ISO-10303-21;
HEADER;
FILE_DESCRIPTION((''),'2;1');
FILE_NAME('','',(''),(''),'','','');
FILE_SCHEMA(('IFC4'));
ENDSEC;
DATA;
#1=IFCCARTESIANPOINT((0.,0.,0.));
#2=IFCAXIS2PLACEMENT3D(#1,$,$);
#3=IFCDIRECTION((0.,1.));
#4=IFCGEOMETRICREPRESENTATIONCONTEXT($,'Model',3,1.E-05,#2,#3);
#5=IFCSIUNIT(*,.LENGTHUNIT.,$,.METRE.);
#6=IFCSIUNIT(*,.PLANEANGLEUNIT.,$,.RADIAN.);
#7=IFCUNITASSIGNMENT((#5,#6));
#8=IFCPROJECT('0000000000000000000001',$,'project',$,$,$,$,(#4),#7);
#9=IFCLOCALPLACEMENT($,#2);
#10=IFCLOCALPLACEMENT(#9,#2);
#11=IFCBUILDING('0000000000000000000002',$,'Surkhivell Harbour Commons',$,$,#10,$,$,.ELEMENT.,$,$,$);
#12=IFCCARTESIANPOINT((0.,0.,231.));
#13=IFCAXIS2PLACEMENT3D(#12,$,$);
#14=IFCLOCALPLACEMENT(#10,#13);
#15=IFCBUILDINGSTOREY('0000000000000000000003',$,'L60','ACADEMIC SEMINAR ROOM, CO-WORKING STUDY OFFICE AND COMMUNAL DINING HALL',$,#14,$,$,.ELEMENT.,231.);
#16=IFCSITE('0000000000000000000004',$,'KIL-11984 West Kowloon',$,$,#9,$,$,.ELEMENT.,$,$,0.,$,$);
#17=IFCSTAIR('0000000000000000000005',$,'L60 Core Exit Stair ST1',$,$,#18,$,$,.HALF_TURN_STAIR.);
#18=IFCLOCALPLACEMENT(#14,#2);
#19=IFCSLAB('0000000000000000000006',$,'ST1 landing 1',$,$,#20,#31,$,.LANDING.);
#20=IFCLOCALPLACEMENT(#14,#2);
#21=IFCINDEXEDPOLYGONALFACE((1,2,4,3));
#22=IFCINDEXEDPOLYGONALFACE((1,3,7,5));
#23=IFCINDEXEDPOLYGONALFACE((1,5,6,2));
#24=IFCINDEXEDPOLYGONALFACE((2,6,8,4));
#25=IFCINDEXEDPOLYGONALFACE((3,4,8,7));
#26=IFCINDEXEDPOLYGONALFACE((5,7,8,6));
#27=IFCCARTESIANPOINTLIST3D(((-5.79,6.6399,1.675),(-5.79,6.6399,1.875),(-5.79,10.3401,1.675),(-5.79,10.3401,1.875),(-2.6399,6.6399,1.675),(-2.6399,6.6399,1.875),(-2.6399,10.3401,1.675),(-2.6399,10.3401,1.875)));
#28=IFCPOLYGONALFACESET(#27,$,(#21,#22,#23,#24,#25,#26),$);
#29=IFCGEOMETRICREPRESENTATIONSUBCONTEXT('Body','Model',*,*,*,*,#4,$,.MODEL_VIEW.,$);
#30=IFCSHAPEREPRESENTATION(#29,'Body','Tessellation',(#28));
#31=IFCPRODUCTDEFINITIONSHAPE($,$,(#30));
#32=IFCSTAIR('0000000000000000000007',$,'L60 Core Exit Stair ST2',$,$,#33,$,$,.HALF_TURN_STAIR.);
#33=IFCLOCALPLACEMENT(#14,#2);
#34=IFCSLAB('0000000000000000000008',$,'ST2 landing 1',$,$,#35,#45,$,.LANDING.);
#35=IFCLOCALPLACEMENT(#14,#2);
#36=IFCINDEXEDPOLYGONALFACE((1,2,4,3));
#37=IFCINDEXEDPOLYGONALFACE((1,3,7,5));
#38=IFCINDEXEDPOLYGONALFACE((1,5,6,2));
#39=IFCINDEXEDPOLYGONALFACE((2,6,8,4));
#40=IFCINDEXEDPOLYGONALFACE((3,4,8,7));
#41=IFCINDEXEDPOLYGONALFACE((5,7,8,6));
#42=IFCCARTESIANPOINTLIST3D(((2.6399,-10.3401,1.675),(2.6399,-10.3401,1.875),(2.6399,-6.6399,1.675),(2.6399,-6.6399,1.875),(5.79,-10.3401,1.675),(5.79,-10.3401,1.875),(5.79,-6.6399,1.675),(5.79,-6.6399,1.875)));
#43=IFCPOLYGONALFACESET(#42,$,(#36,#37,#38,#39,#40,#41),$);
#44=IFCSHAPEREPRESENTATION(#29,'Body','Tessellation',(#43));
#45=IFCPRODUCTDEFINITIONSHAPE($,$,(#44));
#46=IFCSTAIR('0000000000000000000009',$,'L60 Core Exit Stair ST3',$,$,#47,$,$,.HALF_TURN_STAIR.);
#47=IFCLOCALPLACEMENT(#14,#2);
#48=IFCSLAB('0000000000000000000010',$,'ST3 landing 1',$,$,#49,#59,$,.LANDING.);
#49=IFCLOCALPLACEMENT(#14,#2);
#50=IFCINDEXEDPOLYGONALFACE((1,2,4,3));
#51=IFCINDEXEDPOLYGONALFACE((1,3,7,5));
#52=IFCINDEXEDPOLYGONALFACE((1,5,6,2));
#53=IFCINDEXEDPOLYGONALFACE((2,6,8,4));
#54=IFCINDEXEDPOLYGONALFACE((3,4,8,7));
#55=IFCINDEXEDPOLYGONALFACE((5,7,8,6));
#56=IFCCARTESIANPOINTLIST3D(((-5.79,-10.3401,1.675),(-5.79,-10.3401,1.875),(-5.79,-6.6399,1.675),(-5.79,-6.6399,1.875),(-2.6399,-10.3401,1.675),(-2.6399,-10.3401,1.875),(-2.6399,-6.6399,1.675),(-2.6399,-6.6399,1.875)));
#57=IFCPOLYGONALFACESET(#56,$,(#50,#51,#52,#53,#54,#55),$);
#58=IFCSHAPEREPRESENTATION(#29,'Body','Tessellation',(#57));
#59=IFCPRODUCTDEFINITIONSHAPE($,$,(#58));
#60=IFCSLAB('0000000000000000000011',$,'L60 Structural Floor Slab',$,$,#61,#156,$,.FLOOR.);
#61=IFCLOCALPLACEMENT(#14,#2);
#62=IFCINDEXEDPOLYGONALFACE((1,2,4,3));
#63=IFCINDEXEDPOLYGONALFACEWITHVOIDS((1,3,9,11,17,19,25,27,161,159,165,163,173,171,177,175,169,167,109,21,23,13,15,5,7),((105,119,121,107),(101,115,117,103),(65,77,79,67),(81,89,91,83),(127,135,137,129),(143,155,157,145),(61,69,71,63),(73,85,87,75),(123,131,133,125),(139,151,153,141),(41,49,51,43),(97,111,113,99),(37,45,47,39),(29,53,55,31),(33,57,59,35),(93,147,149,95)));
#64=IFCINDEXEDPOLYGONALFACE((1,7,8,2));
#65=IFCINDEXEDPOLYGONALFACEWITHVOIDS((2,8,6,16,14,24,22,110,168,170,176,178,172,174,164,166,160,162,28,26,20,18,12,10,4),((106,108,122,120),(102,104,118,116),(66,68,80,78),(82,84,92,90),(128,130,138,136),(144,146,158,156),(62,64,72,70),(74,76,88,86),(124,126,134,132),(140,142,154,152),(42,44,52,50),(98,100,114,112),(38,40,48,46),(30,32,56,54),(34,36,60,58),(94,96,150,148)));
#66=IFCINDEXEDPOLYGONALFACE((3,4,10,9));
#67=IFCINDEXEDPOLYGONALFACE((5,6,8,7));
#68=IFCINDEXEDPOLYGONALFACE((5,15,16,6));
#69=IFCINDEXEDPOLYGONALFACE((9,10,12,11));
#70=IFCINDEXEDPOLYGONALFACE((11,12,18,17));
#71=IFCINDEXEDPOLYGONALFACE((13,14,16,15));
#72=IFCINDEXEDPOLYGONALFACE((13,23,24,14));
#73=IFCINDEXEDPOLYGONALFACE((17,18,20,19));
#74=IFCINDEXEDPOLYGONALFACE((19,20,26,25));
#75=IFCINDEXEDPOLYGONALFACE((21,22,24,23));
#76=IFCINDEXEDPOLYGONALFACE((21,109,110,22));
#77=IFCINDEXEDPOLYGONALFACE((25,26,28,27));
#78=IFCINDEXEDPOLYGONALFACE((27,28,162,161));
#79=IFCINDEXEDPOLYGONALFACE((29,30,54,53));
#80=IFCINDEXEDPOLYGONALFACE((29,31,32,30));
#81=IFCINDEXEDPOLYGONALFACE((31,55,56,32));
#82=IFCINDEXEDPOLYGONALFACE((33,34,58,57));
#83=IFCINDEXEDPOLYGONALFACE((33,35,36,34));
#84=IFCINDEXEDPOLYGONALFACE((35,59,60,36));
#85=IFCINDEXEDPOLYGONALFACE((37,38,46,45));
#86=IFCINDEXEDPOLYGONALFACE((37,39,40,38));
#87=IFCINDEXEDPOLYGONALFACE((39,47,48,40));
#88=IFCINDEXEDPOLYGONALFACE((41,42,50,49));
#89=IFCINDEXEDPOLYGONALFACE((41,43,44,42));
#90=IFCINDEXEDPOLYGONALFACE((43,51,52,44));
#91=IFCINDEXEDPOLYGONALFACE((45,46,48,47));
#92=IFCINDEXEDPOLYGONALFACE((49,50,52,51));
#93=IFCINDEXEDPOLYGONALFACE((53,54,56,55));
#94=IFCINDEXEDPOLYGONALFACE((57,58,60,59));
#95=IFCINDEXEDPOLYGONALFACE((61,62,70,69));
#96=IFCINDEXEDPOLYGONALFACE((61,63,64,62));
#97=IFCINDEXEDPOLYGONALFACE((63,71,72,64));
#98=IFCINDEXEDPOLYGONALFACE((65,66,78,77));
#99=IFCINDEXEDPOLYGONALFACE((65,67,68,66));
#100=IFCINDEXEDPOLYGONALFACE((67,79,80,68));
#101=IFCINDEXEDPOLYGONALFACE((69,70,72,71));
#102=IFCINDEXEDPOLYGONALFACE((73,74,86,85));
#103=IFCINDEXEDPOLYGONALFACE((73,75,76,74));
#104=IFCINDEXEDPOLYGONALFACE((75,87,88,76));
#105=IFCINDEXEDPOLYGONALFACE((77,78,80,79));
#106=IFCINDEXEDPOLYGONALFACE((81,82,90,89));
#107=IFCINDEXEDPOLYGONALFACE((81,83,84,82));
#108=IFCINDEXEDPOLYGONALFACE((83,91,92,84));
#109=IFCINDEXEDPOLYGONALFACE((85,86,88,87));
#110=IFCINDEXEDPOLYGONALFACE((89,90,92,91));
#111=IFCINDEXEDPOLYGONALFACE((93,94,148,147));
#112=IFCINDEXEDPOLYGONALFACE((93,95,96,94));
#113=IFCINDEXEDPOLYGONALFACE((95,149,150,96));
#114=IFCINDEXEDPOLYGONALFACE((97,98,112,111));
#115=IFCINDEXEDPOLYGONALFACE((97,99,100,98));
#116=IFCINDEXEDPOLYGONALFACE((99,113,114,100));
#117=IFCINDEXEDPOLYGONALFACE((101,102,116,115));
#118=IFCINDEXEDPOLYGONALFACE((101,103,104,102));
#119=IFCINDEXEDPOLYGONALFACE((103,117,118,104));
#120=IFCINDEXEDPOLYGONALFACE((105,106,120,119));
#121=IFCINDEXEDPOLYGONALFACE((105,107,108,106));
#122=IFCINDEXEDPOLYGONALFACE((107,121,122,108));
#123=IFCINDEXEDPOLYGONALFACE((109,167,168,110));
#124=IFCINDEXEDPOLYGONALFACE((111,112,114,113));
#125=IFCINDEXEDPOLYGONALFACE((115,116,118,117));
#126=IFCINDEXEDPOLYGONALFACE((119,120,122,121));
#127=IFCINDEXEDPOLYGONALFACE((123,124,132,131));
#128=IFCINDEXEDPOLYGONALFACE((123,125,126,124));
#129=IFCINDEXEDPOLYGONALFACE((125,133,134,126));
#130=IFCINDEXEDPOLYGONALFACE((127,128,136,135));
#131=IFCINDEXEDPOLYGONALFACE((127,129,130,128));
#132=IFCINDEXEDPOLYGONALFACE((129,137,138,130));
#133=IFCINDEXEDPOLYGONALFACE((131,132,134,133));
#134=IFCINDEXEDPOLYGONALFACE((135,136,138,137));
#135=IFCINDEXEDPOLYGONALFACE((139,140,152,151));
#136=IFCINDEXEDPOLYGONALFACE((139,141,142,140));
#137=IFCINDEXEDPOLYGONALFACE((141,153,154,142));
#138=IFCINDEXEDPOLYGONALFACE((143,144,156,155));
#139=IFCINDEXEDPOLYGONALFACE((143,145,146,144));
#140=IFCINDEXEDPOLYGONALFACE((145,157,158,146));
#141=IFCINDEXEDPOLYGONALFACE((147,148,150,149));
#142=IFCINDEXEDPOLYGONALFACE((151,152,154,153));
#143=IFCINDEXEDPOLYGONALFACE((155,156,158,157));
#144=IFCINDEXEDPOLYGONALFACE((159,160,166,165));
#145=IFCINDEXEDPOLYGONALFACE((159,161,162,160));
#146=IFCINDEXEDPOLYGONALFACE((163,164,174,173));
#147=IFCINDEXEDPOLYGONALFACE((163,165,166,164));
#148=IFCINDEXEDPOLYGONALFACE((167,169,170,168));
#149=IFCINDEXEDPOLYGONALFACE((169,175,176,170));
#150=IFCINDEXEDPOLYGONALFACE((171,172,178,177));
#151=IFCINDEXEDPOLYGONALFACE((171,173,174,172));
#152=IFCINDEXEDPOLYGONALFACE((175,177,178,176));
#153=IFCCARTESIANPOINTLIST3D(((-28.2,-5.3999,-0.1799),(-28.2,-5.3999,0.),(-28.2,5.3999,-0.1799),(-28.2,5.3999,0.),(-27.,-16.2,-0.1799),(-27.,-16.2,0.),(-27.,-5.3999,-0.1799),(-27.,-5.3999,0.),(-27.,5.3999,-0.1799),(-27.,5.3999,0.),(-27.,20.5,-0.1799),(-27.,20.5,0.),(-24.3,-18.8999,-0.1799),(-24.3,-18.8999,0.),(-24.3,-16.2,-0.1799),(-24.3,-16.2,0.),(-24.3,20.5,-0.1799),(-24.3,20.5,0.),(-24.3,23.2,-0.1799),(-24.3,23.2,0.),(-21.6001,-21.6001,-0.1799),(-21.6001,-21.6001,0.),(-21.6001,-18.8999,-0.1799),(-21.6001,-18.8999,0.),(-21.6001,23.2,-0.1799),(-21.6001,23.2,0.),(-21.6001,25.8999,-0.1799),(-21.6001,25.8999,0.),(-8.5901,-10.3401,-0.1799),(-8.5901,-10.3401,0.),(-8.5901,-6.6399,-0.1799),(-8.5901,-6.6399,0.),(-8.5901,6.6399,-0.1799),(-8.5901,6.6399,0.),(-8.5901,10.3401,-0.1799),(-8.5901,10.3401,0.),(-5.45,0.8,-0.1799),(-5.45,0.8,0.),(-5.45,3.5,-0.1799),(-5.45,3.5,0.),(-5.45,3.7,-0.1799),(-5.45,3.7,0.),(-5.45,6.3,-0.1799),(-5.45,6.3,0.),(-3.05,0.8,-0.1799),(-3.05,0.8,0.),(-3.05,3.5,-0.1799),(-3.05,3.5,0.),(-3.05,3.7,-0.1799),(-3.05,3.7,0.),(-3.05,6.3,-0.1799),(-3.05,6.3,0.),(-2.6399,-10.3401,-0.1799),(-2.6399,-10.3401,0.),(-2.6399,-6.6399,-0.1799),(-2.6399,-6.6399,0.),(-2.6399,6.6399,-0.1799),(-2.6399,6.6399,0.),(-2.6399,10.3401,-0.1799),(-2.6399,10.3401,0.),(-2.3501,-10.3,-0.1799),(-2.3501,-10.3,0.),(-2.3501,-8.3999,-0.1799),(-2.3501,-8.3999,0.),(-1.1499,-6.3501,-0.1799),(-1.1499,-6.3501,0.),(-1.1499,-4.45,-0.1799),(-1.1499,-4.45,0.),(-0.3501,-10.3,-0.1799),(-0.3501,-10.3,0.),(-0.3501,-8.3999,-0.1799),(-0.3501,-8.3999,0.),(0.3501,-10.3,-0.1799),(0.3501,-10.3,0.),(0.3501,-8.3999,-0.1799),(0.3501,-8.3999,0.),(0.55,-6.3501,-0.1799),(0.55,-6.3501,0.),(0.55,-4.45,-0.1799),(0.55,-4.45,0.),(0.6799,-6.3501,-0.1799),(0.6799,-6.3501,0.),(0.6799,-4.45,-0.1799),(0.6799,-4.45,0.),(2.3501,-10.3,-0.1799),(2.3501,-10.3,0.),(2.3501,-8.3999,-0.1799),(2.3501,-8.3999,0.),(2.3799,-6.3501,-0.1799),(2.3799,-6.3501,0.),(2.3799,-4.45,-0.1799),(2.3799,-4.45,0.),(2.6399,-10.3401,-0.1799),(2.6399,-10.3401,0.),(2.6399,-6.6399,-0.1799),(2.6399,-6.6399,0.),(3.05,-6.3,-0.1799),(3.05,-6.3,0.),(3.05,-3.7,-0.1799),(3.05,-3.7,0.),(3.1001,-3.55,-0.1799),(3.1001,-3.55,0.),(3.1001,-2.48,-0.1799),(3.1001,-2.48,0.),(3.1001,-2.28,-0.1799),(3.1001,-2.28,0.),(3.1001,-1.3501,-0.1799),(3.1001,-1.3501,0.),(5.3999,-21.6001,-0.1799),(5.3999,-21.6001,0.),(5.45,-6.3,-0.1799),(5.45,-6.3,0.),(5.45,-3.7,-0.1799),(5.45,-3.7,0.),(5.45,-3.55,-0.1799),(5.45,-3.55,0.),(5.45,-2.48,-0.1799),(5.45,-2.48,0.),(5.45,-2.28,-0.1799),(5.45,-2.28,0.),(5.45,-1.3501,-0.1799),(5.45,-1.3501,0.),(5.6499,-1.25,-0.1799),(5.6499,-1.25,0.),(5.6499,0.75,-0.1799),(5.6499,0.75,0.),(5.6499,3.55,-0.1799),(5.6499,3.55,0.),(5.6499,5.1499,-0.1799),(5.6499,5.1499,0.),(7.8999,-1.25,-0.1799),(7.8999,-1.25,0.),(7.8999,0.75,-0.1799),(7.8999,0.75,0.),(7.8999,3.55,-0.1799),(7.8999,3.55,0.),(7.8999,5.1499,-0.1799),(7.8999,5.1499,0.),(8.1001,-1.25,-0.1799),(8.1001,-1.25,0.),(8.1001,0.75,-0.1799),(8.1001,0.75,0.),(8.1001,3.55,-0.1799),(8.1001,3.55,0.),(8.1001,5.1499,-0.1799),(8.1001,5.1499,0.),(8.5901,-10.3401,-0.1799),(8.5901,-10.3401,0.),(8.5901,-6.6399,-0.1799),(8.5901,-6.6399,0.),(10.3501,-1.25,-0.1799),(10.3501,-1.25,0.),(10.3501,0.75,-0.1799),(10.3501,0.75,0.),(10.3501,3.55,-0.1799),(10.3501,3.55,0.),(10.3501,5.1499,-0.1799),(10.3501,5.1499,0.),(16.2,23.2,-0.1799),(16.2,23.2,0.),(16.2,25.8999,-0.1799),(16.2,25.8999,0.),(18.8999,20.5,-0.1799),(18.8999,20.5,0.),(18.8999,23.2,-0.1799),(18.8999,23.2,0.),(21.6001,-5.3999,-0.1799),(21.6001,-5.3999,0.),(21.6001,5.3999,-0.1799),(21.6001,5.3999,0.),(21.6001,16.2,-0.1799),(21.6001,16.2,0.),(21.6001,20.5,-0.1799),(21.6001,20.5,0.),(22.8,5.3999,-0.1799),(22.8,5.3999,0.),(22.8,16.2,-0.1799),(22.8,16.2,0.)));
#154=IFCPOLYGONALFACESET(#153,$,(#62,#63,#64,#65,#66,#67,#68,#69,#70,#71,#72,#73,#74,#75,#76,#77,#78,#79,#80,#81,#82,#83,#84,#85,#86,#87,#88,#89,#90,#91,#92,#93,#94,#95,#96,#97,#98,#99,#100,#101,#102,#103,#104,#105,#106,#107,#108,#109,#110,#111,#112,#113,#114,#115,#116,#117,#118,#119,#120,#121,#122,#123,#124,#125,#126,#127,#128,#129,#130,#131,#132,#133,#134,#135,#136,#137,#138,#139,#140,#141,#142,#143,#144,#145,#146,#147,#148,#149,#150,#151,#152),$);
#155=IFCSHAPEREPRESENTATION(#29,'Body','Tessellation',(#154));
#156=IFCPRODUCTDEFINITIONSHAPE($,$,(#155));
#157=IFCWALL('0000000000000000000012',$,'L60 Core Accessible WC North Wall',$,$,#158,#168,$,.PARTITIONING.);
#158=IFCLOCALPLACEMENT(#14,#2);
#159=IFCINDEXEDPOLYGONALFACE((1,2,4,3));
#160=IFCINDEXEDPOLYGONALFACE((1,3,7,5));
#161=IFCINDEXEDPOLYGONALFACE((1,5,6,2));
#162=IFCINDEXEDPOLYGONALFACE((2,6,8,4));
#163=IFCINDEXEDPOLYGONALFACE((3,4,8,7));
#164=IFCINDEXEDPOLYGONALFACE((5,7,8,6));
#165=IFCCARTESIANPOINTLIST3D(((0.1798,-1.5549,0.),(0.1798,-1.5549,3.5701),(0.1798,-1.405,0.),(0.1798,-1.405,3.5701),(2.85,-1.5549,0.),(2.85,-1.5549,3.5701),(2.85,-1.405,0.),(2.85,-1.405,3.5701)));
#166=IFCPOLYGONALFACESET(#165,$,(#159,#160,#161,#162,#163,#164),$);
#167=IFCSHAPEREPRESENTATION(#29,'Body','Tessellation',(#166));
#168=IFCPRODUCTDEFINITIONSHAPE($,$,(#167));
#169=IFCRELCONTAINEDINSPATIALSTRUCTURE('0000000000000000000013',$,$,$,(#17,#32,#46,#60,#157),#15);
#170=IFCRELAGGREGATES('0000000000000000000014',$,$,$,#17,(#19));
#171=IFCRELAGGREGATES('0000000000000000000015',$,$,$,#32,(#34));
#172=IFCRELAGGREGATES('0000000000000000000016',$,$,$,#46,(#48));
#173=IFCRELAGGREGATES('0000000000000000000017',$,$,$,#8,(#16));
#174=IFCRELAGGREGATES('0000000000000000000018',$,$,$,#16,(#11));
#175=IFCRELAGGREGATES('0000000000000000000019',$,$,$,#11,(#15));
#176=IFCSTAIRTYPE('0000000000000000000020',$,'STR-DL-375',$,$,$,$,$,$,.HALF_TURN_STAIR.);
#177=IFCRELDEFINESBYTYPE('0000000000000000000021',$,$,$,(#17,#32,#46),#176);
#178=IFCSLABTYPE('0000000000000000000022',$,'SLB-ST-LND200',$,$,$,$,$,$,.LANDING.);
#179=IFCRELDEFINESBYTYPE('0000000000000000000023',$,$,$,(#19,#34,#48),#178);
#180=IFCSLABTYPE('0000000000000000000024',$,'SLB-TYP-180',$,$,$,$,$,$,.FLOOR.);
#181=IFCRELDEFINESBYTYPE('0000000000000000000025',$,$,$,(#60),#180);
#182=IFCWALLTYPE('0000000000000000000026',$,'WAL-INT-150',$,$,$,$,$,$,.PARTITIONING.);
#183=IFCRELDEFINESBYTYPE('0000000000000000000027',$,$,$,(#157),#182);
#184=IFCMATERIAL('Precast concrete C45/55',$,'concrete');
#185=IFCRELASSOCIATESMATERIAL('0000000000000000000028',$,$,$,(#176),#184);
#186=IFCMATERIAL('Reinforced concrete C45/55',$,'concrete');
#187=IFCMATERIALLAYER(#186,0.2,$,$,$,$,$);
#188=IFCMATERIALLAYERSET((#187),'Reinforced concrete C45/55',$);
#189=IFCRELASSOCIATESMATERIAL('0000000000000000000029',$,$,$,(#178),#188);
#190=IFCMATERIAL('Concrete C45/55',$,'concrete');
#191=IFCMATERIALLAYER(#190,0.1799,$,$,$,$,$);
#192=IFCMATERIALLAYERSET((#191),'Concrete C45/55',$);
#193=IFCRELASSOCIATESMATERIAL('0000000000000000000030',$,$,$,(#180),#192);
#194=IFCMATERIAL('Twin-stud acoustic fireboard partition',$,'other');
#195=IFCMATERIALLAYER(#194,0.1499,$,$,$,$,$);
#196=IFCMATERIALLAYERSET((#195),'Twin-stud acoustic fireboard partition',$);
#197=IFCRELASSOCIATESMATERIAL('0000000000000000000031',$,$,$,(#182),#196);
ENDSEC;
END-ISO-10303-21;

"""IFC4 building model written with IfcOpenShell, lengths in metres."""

from ifc_helpers import new_model, si_unit, direction, frame, frame_2d, origin, place, context, subcontext, project, spatial, polyline, rectangle, outline, extrude, material, layer, layer_set, type_object, element, aggregate, save


model = new_model("IFC4")

# Units and contexts
model_context = context("Model", 3, precision=1e-05, world=origin(), true_north=direction((0.0, 1.0)))
body_context = subcontext(model_context, "Body", "Model", "MODEL_VIEW")
ifc_project = project(units=[si_unit("LENGTHUNIT", "METRE"), si_unit("PLANEANGLEUNIT", "RADIAN")], contexts=[model_context])

# Site, building, storey
site_placement = place(None, origin())
site = spatial("IfcSite", under=ifc_project, at=site_placement, Name="KIL-11984 West Kowloon", CompositionType="ELEMENT", RefElevation=0.0)
building_placement = place(site_placement, origin())
building = spatial("IfcBuilding", under=site, at=building_placement, Name="Surkhivell Harbour Commons", CompositionType="ELEMENT")
storey_placement = place(building_placement, frame((0.0, 0.0, 231.0)))
storey = spatial("IfcBuildingStorey", under=building, at=storey_placement, Name="L60", Description="ACADEMIC SEMINAR ROOM, CO-WORKING STUDY OFFICE AND COMMUNAL DINING HALL", CompositionType="ELEMENT", Elevation=231.0)

# Stairs, slabs
ifc_material_1 = material(Name="Precast concrete C45/55", Category="concrete")
stair_type = type_object("IfcStairType", Name="STR-DL-375", PredefinedType="HALF_TURN_STAIR", material=ifc_material_1)
stair_1_placement = place(storey_placement, origin())
stair_1 = element("IfcStair", 1, at=stair_1_placement, inside=storey, type_object=stair_type, Name="L60 Core Exit Stair ST1", PredefinedType="HALF_TURN_STAIR")
ifc_material_2 = material(Name="Reinforced concrete C45/55", Category="concrete")
ifc_layer_1 = layer(ifc_material_2, 0.2)
ifc_layer_set_1 = layer_set([ifc_layer_1], Name="Reinforced concrete C45/55")
slab_type_1 = type_object("IfcSlabType", Name="SLB-ST-LND200", PredefinedType="LANDING", material=ifc_layer_set_1)
slab_1_placement = place(storey_placement, frame((0.0, 0.0, 1.675)))
slab_1 = element("IfcSlab", 2, at=slab_1_placement, type_object=slab_type_1, Name="ST1 landing 1", PredefinedType="LANDING", context=body_context, shape_type="SweptSolid", body=[
    extrude(outline(polyline([(-5.79, 6.6399), (-2.6399, 6.6399), (-2.6399, 10.3401), (-5.79, 10.3401), (-5.79, 6.6399)])), origin(), (0.0, 0.0, 1.0), 0.2),
])
aggregate(stair_1, [slab_1])
stair_2_placement = place(storey_placement, origin())
stair_2 = element("IfcStair", 3, at=stair_2_placement, inside=storey, type_object=stair_type, Name="L60 Core Exit Stair ST2", PredefinedType="HALF_TURN_STAIR")
slab_2_placement = place(storey_placement, frame((0.0, 0.0, 1.675)))
slab_2 = element("IfcSlab", 4, at=slab_2_placement, type_object=slab_type_1, Name="ST2 landing 1", PredefinedType="LANDING", context=body_context, shape_type="SweptSolid", body=[
    extrude(outline(polyline([(5.79, -6.6399), (2.6399, -6.6399), (2.6399, -10.3401), (5.79, -10.3401), (5.79, -6.6399)])), origin(), (0.0, 0.0, 1.0), 0.2),
])
aggregate(stair_2, [slab_2])
stair_3_placement = place(storey_placement, origin())
stair_3 = element("IfcStair", 5, at=stair_3_placement, inside=storey, type_object=stair_type, Name="L60 Core Exit Stair ST3", PredefinedType="HALF_TURN_STAIR")
slab_3_placement = place(storey_placement, frame((0.0, 0.0, 1.675)))
slab_3 = element("IfcSlab", 6, at=slab_3_placement, type_object=slab_type_1, Name="ST3 landing 1", PredefinedType="LANDING", context=body_context, shape_type="SweptSolid", body=[
    extrude(outline(polyline([(-5.79, -10.3401), (-2.6399, -10.3401), (-2.6399, -6.6399), (-5.79, -6.6399), (-5.79, -10.3401)])), origin(), (0.0, 0.0, 1.0), 0.2),
])
aggregate(stair_3, [slab_3])

# Slab
ifc_material_3 = material(Name="Concrete C45/55", Category="concrete")
ifc_layer_2 = layer(ifc_material_3, 0.1799)
ifc_layer_set_2 = layer_set([ifc_layer_2], Name="Concrete C45/55")
slab_type_2 = type_object("IfcSlabType", Name="SLB-TYP-180", PredefinedType="FLOOR", material=ifc_layer_set_2)
slab_4_placement = place(storey_placement, frame((0.0, 0.0, -0.1799)))
element("IfcSlab", 7, at=slab_4_placement, inside=storey, type_object=slab_type_2, Name="L60 Structural Floor Slab", PredefinedType="FLOOR", context=body_context, shape_type="SweptSolid", body=[
    extrude(outline(polyline([(-27.0, 20.5), (-27.0, 5.3999), (-28.2, 5.3999), (-28.2, -5.3999), (-27.0, -5.3999), (-27.0, -16.2), (-24.3, -16.2), (-24.3, -18.8999), (-21.6001, -18.8999), (-21.6001, -21.6001), (5.3999, -21.6001), (21.6001, -5.3999), (21.6001, 5.3999), (22.8, 5.3999), (22.8, 16.2), (21.6001, 16.2), (21.6001, 20.5), (18.8999, 20.5), (18.8999, 23.2), (16.2, 23.2), (16.2, 25.8999), (-21.6001, 25.8999), (-21.6001, 23.2), (-24.3, 23.2), (-24.3, 20.5), (-27.0, 20.5)]), holes=[polyline([(-8.5901, 6.6399), (-2.6399, 6.6399), (-2.6399, 10.3401), (-8.5901, 10.3401), (-8.5901, 6.6399)]), polyline([(8.5901, -6.6399), (2.6399, -6.6399), (2.6399, -10.3401), (8.5901, -10.3401), (8.5901, -6.6399)]), polyline([(-8.5901, -10.3401), (-2.6399, -10.3401), (-2.6399, -6.6399), (-8.5901, -6.6399), (-8.5901, -10.3401)]), polyline([(5.6499, 3.55), (7.8999, 3.55), (7.8999, 5.1499), (5.6499, 5.1499), (5.6499, 3.55)]), polyline([(8.1001, 3.55), (10.3501, 3.55), (10.3501, 5.1499), (8.1001, 5.1499), (8.1001, 3.55)]), polyline([(5.6499, -1.25), (7.8999, -1.25), (7.8999, 0.75), (5.6499, 0.75), (5.6499, -1.25)]), polyline([(8.1001, -1.25), (10.3501, -1.25), (10.3501, 0.75), (8.1001, 0.75), (8.1001, -1.25)]), polyline([(-1.1499, -6.3501), (0.55, -6.3501), (0.55, -4.45), (-1.1499, -4.45), (-1.1499, -6.3501)]), polyline([(0.6799, -6.3501), (2.3799, -6.3501), (2.3799, -4.45), (0.6799, -4.45), (0.6799, -6.3501)]), polyline([(-2.3501, -10.3), (-0.3501, -10.3), (-0.3501, -8.3999), (-2.3501, -8.3999), (-2.3501, -10.3)]), polyline([(0.3501, -10.3), (2.3501, -10.3), (2.3501, -8.3999), (0.3501, -8.3999), (0.3501, -10.3)]), polyline([(-5.45, 3.7), (-3.05, 3.7), (-3.05, 6.3), (-5.45, 6.3), (-5.45, 3.7)]), polyline([(3.05, -6.3), (5.45, -6.3), (5.45, -3.7), (3.05, -3.7), (3.05, -6.3)]), polyline([(-5.45, 0.8), (-3.05, 0.8), (-3.05, 3.5), (-5.45, 3.5), (-5.45, 0.8)]), polyline([(3.1001, -3.55), (5.45, -3.55), (5.45, -2.48), (3.1001, -2.48), (3.1001, -3.55)]), polyline([(3.1001, -2.28), (5.45, -2.28), (5.45, -1.3501), (3.1001, -1.3501), (3.1001, -2.28)])]), origin(), (0.0, 0.0, 1.0), 0.1799),
])

# Wall
ifc_material_4 = material(Name="Twin-stud acoustic fireboard partition", Category="other")
ifc_layer_3 = layer(ifc_material_4, 0.1499)
ifc_layer_set_3 = layer_set([ifc_layer_3], Name="Twin-stud acoustic fireboard partition")
wall_type_1 = type_object("IfcWallType", Name="WAL-INT-150", PredefinedType="PARTITIONING", material=ifc_layer_set_3)
wall_1_placement = place(storey_placement, frame((0.1799, -1.48, 0.0), z_axis=(0.0, 0.0, 1.0), x_axis=(1.0, 0.0, 0.0)))
element("IfcWall", 8, at=wall_1_placement, inside=storey, type_object=wall_type_1, Name="L60 Core Accessible WC North Wall", PredefinedType="PARTITIONING", context=body_context, shape_type="SweptSolid", body=[
    extrude(rectangle(XDim=2.6702, YDim=0.1499, at=frame_2d((1.335, 0.0))), origin(), (0.0, 0.0, 1.0), 3.5701),
])

save(model, "model.ifc")
